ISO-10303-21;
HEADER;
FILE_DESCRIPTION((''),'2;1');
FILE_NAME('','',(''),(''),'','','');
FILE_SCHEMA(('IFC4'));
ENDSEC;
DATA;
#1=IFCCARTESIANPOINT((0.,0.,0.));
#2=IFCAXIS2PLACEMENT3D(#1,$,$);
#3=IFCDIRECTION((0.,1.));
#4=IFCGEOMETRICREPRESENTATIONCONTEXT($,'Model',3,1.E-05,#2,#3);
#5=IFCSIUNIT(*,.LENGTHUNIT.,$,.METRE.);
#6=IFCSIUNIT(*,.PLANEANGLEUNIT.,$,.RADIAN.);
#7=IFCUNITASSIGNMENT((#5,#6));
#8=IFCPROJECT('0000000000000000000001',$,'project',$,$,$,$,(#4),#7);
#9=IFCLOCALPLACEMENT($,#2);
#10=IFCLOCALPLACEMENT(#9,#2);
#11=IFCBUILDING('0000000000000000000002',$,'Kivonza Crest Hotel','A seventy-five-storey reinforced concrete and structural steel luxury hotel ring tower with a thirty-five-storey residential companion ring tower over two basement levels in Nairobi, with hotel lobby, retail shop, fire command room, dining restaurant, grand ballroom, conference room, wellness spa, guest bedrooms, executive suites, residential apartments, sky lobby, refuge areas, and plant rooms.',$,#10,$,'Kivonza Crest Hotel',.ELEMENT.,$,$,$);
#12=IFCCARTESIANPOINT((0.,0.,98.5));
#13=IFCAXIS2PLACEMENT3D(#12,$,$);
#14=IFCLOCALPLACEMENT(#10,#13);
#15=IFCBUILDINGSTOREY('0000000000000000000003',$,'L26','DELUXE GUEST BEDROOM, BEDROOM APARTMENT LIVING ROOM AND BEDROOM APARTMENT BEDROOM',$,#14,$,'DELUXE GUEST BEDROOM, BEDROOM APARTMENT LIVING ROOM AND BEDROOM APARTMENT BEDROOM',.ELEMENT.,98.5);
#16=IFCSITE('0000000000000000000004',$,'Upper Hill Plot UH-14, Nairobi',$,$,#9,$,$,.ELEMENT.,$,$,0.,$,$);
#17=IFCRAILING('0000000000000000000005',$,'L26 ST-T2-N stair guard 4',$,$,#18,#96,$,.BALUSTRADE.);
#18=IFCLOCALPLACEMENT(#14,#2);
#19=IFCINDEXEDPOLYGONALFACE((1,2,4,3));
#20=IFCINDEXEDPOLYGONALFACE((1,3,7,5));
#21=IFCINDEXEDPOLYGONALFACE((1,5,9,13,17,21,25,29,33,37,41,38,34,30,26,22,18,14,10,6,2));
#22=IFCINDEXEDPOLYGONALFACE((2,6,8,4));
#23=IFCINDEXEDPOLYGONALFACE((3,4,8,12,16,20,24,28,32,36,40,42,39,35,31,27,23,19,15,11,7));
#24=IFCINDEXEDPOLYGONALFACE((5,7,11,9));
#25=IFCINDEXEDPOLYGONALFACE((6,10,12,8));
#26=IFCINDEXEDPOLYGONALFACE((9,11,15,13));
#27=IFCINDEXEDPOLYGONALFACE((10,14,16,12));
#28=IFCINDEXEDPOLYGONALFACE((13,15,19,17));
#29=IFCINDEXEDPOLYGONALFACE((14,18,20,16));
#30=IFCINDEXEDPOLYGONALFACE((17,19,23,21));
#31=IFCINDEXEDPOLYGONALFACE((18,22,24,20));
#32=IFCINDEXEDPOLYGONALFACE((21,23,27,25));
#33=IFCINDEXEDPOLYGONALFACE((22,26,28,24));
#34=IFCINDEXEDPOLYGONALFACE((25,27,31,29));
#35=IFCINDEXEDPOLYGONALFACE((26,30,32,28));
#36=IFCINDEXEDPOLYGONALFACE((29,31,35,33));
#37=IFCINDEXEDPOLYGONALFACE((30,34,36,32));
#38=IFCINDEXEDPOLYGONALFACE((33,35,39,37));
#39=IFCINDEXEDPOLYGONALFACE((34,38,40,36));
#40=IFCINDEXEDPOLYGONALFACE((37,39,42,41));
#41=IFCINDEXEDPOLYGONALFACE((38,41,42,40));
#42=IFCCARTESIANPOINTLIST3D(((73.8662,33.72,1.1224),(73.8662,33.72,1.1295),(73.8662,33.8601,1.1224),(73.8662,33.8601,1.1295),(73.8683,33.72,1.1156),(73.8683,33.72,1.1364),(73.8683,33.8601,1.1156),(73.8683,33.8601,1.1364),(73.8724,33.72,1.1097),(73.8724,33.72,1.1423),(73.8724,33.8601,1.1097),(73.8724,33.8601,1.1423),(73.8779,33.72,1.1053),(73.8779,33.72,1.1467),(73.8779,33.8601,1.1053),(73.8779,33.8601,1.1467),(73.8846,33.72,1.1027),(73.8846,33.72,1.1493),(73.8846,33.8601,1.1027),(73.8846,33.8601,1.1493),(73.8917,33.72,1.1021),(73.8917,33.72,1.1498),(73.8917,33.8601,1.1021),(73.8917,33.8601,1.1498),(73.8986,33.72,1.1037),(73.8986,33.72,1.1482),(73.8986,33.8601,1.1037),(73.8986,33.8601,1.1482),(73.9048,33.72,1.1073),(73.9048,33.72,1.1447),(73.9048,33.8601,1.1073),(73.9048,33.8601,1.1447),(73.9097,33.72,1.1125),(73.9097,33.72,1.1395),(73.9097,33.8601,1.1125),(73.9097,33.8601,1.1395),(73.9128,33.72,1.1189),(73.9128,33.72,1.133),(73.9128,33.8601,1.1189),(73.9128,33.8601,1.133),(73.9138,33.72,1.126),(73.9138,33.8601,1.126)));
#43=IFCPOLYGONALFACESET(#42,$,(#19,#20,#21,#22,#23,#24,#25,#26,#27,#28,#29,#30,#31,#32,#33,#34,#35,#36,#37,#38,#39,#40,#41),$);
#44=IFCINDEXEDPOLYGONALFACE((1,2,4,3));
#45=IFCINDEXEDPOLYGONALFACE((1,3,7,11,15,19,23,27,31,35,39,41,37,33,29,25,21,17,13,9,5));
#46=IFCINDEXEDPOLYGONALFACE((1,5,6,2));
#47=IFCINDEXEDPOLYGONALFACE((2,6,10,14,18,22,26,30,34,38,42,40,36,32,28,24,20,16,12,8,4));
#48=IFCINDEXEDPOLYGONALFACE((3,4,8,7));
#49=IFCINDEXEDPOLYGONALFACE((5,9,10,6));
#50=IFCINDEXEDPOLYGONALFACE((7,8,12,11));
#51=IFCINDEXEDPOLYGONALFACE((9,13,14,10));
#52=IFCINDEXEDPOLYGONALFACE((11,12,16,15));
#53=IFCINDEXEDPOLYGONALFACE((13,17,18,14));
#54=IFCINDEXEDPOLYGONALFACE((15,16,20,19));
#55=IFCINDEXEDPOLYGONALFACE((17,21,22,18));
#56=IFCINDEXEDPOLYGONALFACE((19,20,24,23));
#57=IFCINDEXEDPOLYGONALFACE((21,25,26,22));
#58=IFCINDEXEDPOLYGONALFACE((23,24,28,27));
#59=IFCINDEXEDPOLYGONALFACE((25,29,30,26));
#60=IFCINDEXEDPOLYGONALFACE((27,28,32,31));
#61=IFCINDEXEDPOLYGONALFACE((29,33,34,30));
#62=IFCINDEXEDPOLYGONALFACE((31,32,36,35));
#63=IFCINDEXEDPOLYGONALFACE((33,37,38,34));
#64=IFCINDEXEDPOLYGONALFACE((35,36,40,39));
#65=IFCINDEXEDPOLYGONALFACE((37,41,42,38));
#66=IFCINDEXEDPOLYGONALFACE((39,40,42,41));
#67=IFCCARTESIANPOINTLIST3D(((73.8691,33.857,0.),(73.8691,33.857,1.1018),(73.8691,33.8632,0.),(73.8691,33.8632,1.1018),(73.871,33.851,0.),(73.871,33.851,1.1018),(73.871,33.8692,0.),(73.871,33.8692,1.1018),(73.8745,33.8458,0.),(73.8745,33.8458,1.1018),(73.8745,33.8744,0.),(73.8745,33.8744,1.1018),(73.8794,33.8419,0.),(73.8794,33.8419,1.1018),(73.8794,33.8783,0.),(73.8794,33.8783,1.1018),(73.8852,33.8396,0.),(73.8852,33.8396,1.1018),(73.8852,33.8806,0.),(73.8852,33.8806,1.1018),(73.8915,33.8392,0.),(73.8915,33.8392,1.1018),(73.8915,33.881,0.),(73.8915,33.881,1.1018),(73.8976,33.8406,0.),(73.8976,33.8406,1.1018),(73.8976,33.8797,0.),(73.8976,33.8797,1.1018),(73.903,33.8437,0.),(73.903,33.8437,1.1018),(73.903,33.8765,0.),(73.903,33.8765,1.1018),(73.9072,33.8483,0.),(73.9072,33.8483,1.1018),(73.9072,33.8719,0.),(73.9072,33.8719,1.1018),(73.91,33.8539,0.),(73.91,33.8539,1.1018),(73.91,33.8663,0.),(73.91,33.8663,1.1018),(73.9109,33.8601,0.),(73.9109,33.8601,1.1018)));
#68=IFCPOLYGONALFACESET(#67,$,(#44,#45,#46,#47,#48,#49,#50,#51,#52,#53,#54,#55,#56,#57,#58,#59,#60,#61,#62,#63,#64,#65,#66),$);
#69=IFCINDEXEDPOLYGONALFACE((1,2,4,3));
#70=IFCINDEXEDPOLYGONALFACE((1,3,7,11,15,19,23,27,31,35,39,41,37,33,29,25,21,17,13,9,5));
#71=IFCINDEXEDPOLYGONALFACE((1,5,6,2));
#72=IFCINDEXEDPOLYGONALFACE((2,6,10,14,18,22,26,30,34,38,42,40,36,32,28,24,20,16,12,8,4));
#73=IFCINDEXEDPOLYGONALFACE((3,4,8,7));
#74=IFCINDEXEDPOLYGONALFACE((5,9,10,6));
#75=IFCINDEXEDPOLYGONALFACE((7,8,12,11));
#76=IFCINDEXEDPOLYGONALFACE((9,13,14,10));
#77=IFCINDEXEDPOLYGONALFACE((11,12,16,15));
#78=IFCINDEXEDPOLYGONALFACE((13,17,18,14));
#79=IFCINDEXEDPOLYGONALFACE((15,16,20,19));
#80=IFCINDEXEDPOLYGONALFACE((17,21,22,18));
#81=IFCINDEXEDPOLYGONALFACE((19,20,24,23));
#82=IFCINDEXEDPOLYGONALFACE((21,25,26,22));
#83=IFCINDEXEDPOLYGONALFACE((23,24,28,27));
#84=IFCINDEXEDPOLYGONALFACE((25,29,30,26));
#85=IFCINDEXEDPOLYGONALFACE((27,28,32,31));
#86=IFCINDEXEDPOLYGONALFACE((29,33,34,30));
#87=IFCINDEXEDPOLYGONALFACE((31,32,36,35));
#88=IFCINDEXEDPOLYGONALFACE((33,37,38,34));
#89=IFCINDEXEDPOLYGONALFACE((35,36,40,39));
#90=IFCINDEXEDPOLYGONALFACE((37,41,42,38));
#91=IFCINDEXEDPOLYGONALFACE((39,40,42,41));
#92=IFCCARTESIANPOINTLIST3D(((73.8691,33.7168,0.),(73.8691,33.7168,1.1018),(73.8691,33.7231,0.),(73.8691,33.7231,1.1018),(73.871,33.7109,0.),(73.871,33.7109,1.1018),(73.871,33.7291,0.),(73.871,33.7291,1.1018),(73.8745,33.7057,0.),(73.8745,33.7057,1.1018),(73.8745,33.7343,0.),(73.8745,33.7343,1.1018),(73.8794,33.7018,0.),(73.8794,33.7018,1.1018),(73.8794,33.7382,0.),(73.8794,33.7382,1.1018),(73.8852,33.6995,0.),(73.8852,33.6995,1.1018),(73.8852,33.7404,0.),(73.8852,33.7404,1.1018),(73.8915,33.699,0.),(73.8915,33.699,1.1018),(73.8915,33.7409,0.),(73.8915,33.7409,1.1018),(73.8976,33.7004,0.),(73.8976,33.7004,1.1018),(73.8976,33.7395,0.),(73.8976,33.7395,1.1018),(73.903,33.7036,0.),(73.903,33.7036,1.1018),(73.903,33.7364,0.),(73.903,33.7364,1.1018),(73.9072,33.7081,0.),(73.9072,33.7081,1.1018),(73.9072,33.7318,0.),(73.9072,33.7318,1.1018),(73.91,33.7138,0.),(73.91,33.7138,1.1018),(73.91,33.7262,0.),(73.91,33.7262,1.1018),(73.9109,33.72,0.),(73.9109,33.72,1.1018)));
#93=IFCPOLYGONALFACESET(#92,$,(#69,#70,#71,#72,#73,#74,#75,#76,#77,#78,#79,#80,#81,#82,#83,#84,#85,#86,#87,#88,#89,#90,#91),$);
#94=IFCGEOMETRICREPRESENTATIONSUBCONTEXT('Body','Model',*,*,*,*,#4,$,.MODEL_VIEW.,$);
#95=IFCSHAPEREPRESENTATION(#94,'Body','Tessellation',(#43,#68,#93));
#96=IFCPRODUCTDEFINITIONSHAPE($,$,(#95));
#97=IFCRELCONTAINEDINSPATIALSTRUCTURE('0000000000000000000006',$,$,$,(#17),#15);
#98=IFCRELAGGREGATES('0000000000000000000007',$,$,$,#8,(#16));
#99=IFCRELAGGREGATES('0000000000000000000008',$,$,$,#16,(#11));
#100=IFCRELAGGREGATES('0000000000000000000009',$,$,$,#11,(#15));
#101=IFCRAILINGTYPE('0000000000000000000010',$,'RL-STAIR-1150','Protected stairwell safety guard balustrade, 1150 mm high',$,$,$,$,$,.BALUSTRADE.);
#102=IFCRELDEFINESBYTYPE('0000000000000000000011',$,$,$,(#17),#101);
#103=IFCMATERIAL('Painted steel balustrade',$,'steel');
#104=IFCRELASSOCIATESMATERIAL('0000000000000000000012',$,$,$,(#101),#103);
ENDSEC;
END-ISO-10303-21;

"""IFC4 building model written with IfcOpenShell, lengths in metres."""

from ifc_helpers import new_model, si_unit, direction, frame, origin, origin_2d, place, context, subcontext, project, spatial, circle, extrude, material, type_object, element, save


model = new_model("IFC4")

# Units and contexts
model_context = context("Model", 3, precision=1e-05, world=origin(), true_north=direction((0.0, 1.0)))
body_context = subcontext(model_context, "Body", "Model", "MODEL_VIEW")
ifc_project = project(units=[si_unit("LENGTHUNIT", "METRE"), si_unit("PLANEANGLEUNIT", "RADIAN")], contexts=[model_context])

# Site, building, storey
site_placement = place(None, origin())
site = spatial("IfcSite", under=ifc_project, at=site_placement, Name="Upper Hill Plot UH-14, Nairobi", CompositionType="ELEMENT", RefElevation=0.0)
building_placement = place(site_placement, origin())
building = spatial("IfcBuilding", under=site, at=building_placement, Name="Kivonza Crest Hotel", Description="A seventy-five-storey reinforced concrete and structural steel luxury hotel ring tower with a thirty-five-storey residential companion ring tower over two basement levels in Nairobi, with hotel lobby, retail shop, fire command room, dining restaurant, grand ballroom, conference room, wellness spa, guest bedrooms, executive suites, residential apartments, sky lobby, refuge areas, and plant rooms.", LongName="Kivonza Crest Hotel", CompositionType="ELEMENT")
storey_placement = place(building_placement, frame((0.0, 0.0, 98.5)))
storey = spatial("IfcBuildingStorey", under=building, at=storey_placement, Name="L26", Description="DELUXE GUEST BEDROOM, BEDROOM APARTMENT LIVING ROOM AND BEDROOM APARTMENT BEDROOM", LongName="DELUXE GUEST BEDROOM, BEDROOM APARTMENT LIVING ROOM AND BEDROOM APARTMENT BEDROOM", CompositionType="ELEMENT", Elevation=98.5)

# Railing
ifc_material_1 = material(Name="Painted steel balustrade", Category="steel")
railing_type_1 = type_object("IfcRailingType", Name="RL-STAIR-1150", Description="Protected stairwell safety guard balustrade, 1150 mm high", PredefinedType="BALUSTRADE", material=ifc_material_1)
railing_1_placement = place(storey_placement, frame((73.8899, 33.8601, 0.0)))
element("IfcRailing", 1, at=railing_1_placement, inside=storey, type_object=railing_type_1, Name="L26 ST-T2-N stair guard 4", PredefinedType="BALUSTRADE", context=body_context, shape_type="SweptSolid", body=[
    extrude(circle(Radius=0.0239, at=origin_2d()), frame((0.0, 0.0, 1.126), z_axis=(0.0, -1.0, 0.0), x_axis=(1.0, 0.0, 0.0)), (0.0, 0.0, 1.0), 0.1401),
    extrude(circle(Radius=0.021, at=origin_2d()), origin(), (0.0, 0.0, 1.0), 1.1018),
    extrude(circle(Radius=0.021, at=origin_2d()), frame((0.0, -0.1401, 0.0)), (0.0, 0.0, 1.0), 1.1018),
])

save(model, "model.ifc")
